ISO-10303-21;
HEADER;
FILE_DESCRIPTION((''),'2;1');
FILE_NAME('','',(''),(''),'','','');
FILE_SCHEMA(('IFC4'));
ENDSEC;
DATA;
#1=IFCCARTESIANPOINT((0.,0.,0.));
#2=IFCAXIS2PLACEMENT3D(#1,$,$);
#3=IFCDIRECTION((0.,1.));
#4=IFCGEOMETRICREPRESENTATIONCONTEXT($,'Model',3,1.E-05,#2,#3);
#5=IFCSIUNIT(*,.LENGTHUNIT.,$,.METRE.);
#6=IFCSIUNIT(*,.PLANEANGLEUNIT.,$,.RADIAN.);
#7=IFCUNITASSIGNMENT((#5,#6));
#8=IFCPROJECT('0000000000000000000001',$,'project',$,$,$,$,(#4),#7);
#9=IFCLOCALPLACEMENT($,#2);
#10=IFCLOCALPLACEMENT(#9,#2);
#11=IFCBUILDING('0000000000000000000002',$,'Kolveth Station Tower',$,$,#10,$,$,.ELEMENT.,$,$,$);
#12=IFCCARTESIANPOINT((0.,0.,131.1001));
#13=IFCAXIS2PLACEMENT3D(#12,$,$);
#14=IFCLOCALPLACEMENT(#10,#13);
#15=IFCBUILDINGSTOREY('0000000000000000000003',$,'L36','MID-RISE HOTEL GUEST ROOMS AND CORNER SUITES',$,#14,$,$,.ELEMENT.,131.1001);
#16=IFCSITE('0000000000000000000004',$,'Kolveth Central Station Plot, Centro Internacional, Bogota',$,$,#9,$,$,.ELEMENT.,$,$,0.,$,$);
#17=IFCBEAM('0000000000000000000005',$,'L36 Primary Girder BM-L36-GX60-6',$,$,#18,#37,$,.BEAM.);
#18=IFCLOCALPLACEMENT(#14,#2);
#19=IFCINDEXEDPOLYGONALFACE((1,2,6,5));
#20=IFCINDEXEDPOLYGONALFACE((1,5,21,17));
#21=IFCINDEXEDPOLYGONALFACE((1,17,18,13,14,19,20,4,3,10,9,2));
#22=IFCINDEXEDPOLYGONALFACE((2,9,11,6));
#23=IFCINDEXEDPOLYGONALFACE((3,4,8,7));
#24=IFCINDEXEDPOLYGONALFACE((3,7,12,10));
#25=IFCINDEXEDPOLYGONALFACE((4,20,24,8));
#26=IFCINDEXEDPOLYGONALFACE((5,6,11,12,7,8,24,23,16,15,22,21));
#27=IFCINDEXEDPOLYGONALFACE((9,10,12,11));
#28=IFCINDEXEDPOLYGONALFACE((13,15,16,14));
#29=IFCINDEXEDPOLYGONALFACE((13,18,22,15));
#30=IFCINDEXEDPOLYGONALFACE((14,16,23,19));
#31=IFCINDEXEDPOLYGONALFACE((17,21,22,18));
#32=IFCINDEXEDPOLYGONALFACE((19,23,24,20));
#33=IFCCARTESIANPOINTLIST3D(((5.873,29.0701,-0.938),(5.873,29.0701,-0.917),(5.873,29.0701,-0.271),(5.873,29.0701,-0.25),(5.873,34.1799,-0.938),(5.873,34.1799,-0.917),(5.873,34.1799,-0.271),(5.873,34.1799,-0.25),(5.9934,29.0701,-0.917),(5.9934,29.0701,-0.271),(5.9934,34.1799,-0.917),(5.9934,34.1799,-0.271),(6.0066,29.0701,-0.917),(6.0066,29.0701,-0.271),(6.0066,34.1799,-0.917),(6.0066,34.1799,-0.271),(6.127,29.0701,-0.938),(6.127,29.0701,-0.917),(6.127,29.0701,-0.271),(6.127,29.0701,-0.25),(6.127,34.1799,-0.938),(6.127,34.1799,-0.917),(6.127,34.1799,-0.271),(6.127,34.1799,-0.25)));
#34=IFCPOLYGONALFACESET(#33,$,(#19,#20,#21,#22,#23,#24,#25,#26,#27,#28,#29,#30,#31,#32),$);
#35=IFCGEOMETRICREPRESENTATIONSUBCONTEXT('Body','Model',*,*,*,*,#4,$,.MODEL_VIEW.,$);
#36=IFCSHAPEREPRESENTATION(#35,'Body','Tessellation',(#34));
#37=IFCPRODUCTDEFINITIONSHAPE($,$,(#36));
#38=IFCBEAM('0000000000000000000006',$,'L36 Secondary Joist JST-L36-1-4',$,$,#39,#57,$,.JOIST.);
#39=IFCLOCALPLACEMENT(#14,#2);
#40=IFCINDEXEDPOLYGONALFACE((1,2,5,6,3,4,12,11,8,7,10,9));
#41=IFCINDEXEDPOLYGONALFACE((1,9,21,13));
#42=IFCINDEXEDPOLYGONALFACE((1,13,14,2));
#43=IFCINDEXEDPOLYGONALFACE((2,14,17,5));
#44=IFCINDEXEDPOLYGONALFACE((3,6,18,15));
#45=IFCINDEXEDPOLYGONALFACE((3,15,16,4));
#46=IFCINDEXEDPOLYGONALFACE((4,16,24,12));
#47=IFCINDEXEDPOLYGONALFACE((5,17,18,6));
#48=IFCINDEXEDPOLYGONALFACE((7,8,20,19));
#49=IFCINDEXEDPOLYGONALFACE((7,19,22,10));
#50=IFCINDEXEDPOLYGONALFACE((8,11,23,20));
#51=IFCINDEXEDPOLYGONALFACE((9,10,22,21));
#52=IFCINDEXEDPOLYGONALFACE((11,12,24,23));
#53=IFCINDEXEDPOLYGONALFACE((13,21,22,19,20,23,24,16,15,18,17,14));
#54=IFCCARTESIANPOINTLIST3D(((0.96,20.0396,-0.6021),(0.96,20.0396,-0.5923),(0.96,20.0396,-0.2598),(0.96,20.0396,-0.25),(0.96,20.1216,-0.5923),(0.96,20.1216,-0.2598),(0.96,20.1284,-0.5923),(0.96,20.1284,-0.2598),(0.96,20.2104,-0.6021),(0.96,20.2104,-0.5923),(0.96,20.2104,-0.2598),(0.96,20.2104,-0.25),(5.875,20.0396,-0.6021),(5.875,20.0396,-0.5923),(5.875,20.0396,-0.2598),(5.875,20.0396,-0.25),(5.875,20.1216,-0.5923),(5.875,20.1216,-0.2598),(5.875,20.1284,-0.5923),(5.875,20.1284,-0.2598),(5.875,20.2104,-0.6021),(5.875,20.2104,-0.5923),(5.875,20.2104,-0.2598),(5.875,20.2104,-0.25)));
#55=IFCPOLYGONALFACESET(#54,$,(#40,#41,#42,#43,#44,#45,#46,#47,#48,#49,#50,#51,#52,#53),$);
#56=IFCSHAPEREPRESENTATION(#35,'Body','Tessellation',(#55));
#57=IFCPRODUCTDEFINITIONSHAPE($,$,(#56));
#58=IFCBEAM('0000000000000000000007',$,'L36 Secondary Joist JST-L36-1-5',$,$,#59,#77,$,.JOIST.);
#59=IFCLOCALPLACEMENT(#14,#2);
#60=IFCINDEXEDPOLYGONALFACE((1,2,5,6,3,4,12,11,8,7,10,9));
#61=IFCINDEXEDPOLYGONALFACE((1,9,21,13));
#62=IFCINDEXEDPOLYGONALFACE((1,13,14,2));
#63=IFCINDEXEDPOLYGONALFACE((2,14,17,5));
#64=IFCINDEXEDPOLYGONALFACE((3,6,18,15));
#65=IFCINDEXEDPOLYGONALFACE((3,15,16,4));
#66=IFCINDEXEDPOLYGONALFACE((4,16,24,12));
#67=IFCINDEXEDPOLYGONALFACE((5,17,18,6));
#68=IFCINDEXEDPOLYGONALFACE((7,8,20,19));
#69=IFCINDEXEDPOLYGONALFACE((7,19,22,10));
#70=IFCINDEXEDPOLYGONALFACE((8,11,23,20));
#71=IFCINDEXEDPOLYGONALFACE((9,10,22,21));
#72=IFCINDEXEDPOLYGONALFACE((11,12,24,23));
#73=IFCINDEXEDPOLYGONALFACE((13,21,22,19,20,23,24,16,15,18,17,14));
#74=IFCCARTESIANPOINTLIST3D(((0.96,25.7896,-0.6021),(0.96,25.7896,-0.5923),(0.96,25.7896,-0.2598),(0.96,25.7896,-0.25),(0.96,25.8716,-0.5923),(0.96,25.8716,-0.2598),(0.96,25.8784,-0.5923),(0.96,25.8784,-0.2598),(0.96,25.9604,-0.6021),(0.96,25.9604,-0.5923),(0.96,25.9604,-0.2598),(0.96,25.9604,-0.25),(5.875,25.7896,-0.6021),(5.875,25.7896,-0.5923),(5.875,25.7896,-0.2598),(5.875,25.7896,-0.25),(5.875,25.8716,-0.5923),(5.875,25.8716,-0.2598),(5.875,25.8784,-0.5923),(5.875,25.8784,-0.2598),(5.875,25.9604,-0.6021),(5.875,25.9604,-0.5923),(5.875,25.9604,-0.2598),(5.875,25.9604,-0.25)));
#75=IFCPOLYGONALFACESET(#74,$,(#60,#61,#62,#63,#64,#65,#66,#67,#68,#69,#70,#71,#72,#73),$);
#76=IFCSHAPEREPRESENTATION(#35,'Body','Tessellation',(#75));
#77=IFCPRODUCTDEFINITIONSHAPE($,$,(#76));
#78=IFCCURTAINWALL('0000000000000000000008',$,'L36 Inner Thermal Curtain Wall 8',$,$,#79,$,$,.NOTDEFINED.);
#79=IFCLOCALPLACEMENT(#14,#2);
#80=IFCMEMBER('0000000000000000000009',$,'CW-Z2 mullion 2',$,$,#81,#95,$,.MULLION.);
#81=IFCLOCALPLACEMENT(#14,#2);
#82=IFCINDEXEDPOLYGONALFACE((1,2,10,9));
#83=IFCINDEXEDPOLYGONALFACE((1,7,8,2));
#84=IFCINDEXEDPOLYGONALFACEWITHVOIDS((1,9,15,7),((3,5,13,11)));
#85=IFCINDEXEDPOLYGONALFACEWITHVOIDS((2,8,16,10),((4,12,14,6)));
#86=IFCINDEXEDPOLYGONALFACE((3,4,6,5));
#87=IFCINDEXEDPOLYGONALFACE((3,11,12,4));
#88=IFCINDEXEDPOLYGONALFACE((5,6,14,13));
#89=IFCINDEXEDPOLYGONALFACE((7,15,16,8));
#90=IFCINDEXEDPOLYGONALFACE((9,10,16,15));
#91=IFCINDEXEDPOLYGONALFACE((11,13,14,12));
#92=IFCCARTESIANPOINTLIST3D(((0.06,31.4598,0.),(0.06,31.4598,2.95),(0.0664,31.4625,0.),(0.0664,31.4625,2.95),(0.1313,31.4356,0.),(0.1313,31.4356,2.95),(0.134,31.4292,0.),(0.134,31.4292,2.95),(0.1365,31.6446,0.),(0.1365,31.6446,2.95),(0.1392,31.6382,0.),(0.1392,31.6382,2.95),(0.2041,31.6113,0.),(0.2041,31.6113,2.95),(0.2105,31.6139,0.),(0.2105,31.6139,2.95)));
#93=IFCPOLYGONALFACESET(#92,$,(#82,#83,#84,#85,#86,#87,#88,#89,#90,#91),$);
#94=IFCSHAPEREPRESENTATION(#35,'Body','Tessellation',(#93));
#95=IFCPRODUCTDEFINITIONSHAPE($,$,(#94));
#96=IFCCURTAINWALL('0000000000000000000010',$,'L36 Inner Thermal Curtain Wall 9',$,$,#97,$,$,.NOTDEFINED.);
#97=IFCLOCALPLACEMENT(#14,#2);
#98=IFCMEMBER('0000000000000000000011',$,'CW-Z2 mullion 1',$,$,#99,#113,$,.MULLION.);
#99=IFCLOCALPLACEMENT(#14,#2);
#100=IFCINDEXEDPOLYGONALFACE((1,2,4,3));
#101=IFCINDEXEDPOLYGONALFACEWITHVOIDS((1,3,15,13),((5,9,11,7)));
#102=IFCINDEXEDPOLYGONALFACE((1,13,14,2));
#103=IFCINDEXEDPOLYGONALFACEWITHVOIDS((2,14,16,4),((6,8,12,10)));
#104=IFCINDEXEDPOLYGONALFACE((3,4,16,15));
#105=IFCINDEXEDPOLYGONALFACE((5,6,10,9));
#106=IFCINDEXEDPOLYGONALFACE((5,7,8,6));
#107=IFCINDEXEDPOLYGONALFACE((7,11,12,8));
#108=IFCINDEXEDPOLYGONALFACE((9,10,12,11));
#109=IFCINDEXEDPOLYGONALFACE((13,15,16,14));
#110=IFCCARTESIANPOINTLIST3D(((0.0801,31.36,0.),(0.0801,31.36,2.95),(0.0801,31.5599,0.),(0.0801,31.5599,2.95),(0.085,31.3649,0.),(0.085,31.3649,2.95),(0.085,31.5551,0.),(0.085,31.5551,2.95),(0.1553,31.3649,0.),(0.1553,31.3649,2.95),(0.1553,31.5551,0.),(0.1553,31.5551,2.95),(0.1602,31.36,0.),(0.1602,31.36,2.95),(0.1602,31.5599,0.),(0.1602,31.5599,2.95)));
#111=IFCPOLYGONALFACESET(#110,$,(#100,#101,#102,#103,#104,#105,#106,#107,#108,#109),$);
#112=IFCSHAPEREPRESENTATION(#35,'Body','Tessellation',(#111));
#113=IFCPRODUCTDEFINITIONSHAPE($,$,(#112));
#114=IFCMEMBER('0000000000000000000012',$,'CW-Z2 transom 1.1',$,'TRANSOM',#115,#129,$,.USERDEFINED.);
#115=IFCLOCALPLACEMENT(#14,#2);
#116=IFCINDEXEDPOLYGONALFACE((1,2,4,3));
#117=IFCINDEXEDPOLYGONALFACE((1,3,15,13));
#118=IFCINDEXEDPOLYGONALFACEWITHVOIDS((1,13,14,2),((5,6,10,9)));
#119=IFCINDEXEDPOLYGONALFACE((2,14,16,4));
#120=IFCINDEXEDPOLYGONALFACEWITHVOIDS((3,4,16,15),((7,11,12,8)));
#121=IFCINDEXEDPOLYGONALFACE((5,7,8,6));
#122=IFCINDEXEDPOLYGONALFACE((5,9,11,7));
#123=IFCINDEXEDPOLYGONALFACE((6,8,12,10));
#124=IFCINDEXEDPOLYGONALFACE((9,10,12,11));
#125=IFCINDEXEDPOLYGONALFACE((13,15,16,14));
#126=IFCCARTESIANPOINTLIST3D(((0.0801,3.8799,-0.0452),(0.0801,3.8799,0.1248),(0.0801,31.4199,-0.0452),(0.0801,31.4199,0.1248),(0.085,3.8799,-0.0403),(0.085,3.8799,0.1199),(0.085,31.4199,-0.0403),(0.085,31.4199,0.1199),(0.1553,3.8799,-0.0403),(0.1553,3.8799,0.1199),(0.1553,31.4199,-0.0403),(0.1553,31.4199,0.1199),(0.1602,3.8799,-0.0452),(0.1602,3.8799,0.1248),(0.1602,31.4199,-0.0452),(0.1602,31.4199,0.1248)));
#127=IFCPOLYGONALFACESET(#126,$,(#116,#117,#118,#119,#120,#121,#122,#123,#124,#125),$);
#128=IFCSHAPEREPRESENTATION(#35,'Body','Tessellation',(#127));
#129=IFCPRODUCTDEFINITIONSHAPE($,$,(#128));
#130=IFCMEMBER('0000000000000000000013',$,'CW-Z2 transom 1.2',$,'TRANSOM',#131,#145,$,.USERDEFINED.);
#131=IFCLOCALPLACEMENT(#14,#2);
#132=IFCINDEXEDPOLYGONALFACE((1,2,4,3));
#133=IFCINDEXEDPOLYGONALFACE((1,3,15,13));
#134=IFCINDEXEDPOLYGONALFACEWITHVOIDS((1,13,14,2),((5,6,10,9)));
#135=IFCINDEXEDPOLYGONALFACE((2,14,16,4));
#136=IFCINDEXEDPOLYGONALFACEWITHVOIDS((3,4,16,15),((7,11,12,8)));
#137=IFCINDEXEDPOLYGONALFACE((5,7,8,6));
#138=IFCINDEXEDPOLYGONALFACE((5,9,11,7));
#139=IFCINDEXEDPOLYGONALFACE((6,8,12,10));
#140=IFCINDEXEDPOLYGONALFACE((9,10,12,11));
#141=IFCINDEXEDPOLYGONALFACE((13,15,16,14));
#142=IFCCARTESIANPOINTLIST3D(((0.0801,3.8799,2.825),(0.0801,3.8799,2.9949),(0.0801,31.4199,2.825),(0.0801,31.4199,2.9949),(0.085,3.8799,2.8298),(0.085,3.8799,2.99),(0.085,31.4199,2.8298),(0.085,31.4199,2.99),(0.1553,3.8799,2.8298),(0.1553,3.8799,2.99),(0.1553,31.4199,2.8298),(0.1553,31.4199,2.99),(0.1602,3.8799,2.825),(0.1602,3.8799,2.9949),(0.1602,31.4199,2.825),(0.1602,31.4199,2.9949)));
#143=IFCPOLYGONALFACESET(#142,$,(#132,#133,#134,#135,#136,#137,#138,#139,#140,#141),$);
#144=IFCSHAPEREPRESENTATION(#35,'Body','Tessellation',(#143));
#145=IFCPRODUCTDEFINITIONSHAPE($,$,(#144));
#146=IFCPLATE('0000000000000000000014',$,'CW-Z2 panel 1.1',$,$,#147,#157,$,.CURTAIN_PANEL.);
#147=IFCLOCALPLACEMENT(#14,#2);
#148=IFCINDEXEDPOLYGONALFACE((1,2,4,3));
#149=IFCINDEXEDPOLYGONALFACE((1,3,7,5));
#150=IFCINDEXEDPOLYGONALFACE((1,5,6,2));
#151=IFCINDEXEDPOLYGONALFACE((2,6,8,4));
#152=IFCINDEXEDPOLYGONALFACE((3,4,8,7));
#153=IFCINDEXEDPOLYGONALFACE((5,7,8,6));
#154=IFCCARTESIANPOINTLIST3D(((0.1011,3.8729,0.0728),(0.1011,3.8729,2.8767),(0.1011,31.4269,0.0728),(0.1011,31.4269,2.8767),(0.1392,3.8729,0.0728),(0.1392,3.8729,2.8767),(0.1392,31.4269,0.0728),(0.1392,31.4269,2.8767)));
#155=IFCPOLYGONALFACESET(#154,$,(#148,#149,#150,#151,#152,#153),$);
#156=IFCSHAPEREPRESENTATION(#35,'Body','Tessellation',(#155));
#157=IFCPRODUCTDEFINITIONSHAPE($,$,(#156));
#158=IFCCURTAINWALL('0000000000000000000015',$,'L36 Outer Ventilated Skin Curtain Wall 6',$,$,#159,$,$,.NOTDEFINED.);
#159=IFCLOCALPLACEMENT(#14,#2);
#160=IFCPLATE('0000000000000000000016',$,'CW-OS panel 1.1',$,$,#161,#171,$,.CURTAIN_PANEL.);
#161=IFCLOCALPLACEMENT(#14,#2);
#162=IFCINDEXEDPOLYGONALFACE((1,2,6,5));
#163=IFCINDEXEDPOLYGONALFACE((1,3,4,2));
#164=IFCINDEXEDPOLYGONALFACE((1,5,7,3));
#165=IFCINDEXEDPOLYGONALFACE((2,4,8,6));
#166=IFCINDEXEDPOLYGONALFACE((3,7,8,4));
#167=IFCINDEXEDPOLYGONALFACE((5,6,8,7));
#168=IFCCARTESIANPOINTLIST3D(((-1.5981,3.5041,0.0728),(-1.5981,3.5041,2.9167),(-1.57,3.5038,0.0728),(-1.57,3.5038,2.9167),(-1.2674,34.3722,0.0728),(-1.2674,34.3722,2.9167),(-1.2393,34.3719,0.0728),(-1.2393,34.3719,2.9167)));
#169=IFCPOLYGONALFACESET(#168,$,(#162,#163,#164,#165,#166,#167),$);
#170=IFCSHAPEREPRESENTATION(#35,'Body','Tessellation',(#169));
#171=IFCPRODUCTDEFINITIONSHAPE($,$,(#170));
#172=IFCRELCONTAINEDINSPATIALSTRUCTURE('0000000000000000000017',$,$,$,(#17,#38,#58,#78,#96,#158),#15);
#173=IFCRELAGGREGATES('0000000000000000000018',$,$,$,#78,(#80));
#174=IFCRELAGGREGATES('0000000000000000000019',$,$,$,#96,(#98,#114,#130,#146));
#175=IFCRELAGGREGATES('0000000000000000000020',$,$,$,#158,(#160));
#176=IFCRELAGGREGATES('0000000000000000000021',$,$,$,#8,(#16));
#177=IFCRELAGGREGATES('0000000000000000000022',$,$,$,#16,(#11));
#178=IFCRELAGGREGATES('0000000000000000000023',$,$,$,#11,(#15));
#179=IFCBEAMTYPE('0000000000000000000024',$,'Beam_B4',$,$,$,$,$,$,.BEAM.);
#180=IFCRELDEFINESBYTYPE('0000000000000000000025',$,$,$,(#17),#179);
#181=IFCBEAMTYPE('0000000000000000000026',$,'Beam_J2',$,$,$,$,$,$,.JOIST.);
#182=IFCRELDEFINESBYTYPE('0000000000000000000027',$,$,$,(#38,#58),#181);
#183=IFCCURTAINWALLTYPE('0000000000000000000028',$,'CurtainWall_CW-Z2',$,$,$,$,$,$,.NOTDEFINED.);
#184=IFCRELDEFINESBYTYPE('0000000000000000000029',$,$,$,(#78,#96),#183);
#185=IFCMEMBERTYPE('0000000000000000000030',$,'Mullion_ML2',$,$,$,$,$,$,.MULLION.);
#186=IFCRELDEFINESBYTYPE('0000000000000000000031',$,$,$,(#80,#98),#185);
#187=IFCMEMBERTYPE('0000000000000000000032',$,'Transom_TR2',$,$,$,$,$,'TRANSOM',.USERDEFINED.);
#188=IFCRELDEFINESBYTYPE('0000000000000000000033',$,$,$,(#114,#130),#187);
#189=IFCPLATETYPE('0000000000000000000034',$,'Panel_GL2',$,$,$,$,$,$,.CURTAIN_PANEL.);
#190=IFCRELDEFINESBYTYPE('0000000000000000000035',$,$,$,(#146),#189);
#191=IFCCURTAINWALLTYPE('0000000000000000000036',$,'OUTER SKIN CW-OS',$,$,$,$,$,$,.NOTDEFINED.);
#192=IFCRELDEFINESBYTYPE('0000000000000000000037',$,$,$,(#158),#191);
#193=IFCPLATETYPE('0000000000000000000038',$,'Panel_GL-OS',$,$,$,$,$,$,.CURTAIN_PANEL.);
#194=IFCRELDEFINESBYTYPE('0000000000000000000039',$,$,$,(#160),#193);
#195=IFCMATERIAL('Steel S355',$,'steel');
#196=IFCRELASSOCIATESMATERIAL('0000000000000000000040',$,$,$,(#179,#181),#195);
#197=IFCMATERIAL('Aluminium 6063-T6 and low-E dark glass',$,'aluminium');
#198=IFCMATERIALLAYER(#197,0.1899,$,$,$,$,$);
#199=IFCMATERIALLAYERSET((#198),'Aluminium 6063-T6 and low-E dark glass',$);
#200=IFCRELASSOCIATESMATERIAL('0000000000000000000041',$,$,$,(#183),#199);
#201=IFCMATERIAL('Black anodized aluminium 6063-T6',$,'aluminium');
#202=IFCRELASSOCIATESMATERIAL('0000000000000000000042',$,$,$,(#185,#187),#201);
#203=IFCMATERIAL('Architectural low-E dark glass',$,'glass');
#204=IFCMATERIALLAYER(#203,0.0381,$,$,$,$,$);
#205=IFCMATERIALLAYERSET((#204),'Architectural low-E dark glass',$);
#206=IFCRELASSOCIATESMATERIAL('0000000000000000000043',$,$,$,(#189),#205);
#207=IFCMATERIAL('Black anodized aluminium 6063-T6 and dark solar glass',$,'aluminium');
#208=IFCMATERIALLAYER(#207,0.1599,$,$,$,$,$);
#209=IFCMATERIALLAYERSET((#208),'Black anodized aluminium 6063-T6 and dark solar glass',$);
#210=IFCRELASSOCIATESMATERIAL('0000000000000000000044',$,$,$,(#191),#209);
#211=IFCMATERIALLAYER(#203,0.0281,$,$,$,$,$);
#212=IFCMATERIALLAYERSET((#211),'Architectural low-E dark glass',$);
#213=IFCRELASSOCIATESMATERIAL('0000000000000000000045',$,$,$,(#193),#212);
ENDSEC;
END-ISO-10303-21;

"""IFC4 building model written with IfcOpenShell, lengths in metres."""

from ifc_helpers import new_model, si_unit, direction, frame, origin, origin_2d, place, context, subcontext, project, spatial, rectangle, hollow_rectangle, i_section, extrude, source, transform, mapped, material, layer, layer_set, material_profile, profile_set, type_object, element, aggregate, save


model = new_model("IFC4")

# Units and contexts
model_context = context("Model", 3, precision=1e-05, world=origin(), true_north=direction((0.0, 1.0)))
body_context = subcontext(model_context, "Body", "Model", "MODEL_VIEW")
ifc_project = project(units=[si_unit("LENGTHUNIT", "METRE"), si_unit("PLANEANGLEUNIT", "RADIAN")], contexts=[model_context])

# Site, building, storey
site_placement = place(None, origin())
site = spatial("IfcSite", under=ifc_project, at=site_placement, Name="Kolveth Central Station Plot, Centro Internacional, Bogota", CompositionType="ELEMENT", RefElevation=0.0)
building_placement = place(site_placement, origin())
building = spatial("IfcBuilding", under=site, at=building_placement, Name="Kolveth Station Tower", CompositionType="ELEMENT")
storey_placement = place(building_placement, frame((0.0, 0.0, 131.1001)))
storey = spatial("IfcBuildingStorey", under=building, at=storey_placement, Name="L36", Description="MID-RISE HOTEL GUEST ROOMS AND CORNER SUITES", CompositionType="ELEMENT", Elevation=131.1001)

# Beams
ifc_material_1 = material(Name="Steel S355", Category="steel")
ifc_material_profile_1 = material_profile(ifc_material_1, i_section(OverallWidth=0.2539, OverallDepth=0.688, WebThickness=0.0132, FlangeThickness=0.021, at=origin_2d()), Name="W690x152")
ifc_profile_set_1 = profile_set([ifc_material_profile_1], Name="Steel S355")
beam_type_1 = type_object("IfcBeamType", Name="Beam_B4", PredefinedType="BEAM", material=ifc_profile_set_1)
shared_shape_1 = source(origin(), body_context, "Body", "SweptSolid", [
    extrude(i_section(OverallWidth=0.2539, OverallDepth=0.688, WebThickness=0.0132, FlangeThickness=0.021, at=origin_2d()), origin(), (0.0, 0.0, 1.0), 5.1099),
])
for number, where, z_axis, x_axis, name in (
    (1, (6.0, 29.0701, -0.594), (0.0, 1.0, 0.0), (-1.0, 0.0, 0.0), "L36 Primary Girder BM-L36-GX60-6"),
):
    element("IfcBeam", number, at=place(storey_placement, frame(where, z_axis=z_axis, x_axis=x_axis)), inside=storey, type_object=beam_type_1, Name=name, PredefinedType="BEAM", context=body_context, shape_type="MappedRepresentation", body=[
        mapped(shared_shape_1, transform((0.0, 0.0, 0.0), x_axis=(1.0, 0.0, 0.0), y_axis=(0.0, 1.0, 0.0), z_axis=(0.0, 0.0, 1.0), scale=1.0)),
    ])
ifc_material_profile_2 = material_profile(ifc_material_1, i_section(OverallWidth=0.1709, OverallDepth=0.3521, WebThickness=0.0068, FlangeThickness=0.0098, at=origin_2d()), Name="W360x44")
ifc_profile_set_2 = profile_set([ifc_material_profile_2], Name="Steel S355")
beam_type_2 = type_object("IfcBeamType", Name="Beam_J2", PredefinedType="JOIST", material=ifc_profile_set_2)
shared_shape_2 = source(origin(), body_context, "Body", "SweptSolid", [
    extrude(i_section(OverallWidth=0.1709, OverallDepth=0.3521, WebThickness=0.0068, FlangeThickness=0.0098, at=origin_2d()), origin(), (0.0, 0.0, 1.0), 4.915),
])
for number, where, z_axis, x_axis, name in (
    (2, (0.96, 20.125, -0.426), (1.0, 0.0, 0.0), (0.0, 1.0, 0.0), "L36 Secondary Joist JST-L36-1-4"),
    (3, (0.96, 25.875, -0.426), (1.0, 0.0, 0.0), (0.0, 1.0, 0.0), "L36 Secondary Joist JST-L36-1-5"),
):
    element("IfcBeam", number, at=place(storey_placement, frame(where, z_axis=z_axis, x_axis=x_axis)), inside=storey, type_object=beam_type_2, Name=name, PredefinedType="JOIST", context=body_context, shape_type="MappedRepresentation", body=[
        mapped(shared_shape_2, transform((0.0, 0.0, 0.0), x_axis=(1.0, 0.0, 0.0), y_axis=(0.0, 1.0, 0.0), z_axis=(0.0, 0.0, 1.0), scale=1.0)),
    ])

# Curtain wall, member
ifc_material_2 = material(Name="Aluminium 6063-T6 and low-E dark glass", Category="aluminium")
ifc_layer_1 = layer(ifc_material_2, 0.1899)
ifc_layer_set_1 = layer_set([ifc_layer_1], Name="Aluminium 6063-T6 and low-E dark glass")
curtain_wall_type_1 = type_object("IfcCurtainWallType", Name="CurtainWall_CW-Z2", PredefinedType="NOTDEFINED", material=ifc_layer_set_1)
curtain_wall_1_placement = place(storey_placement, origin())
curtain_wall_1 = element("IfcCurtainWall", 4, at=curtain_wall_1_placement, inside=storey, type_object=curtain_wall_type_1, Name="L36 Inner Thermal Curtain Wall 8", PredefinedType="NOTDEFINED")
ifc_material_3 = material(Name="Black anodized aluminium 6063-T6", Category="aluminium")
ifc_material_profile_3 = material_profile(ifc_material_3, hollow_rectangle(XDim=0.0801, YDim=0.2, WallThickness=0.0049, at=origin_2d()), Name="ALU-80x200x5")
ifc_profile_set_3 = profile_set([ifc_material_profile_3], Name="Black anodized aluminium 6063-T6")
member_type_1 = type_object("IfcMemberType", Name="Mullion_ML2", PredefinedType="MULLION", material=ifc_profile_set_3)
shared_shape_3 = source(origin(), body_context, "Body", "SweptSolid", [
    extrude(hollow_rectangle(XDim=0.0801, YDim=0.2, WallThickness=0.0049, at=origin_2d()), origin(), (0.0, 0.0, 1.0), 2.95),
])
member_1_placement = place(storey_placement, frame((0.1353, 31.5369, 0.0), z_axis=(0.0, 0.0, 1.0), x_axis=(0.923888, -0.382663, 0.0)))
member_1 = element("IfcMember", 5, at=member_1_placement, type_object=member_type_1, Name="CW-Z2 mullion 2", PredefinedType="MULLION", context=body_context, shape_type="MappedRepresentation", body=[
    mapped(shared_shape_3, transform((0.0, 0.0, 0.0), x_axis=(1.0, 0.0, 0.0), y_axis=(0.0, 1.0, 0.0), z_axis=(0.0, 0.0, 1.0), scale=1.0)),
])
aggregate(curtain_wall_1, [member_1])

# Curtain wall, members, plate
curtain_wall_2_placement = place(storey_placement, origin())
curtain_wall_2 = element("IfcCurtainWall", 6, at=curtain_wall_2_placement, inside=storey, type_object=curtain_wall_type_1, Name="L36 Inner Thermal Curtain Wall 9", PredefinedType="NOTDEFINED")
member_2_placement = place(storey_placement, frame((0.1201, 31.46, 0.0), z_axis=(0.0, 0.0, 1.0), x_axis=(1.0, 0.0, 0.0)))
member_2 = element("IfcMember", 7, at=member_2_placement, type_object=member_type_1, Name="CW-Z2 mullion 1", PredefinedType="MULLION", context=body_context, shape_type="MappedRepresentation", body=[
    mapped(shared_shape_3, transform((0.0, 0.0, 0.0), x_axis=(1.0, 0.0, 0.0), y_axis=(0.0, 1.0, 0.0), z_axis=(0.0, 0.0, 1.0), scale=1.0)),
])
ifc_material_profile_4 = material_profile(ifc_material_3, hollow_rectangle(XDim=0.0801, YDim=0.1699, WallThickness=0.0049, at=origin_2d()), Name="ALU-80x170x5")
ifc_profile_set_4 = profile_set([ifc_material_profile_4], Name="Black anodized aluminium 6063-T6")
member_type_2 = type_object("IfcMemberType", Name="Transom_TR2", ElementType="TRANSOM", PredefinedType="USERDEFINED", material=ifc_profile_set_4)
shared_shape_4 = source(origin(), body_context, "Body", "SweptSolid", [
    extrude(hollow_rectangle(XDim=0.0801, YDim=0.1699, WallThickness=0.0049, at=origin_2d()), origin(), (0.0, 0.0, 1.0), 27.54),
])
member_3_placement = place(storey_placement, frame((0.1201, 31.4199, 0.0398), z_axis=(0.0, -1.0, 0.0), x_axis=(1.0, 0.0, 0.0)))
member_3 = element("IfcMember", 8, at=member_3_placement, type_object=member_type_2, Name="CW-Z2 transom 1.1", ObjectType="TRANSOM", PredefinedType="USERDEFINED", context=body_context, shape_type="MappedRepresentation", body=[
    mapped(shared_shape_4, transform((0.0, 0.0, 0.0), x_axis=(1.0, 0.0, 0.0), y_axis=(0.0, 1.0, 0.0), z_axis=(0.0, 0.0, 1.0), scale=1.0)),
])
member_4_placement = place(storey_placement, frame((0.1201, 31.4199, 2.9099), z_axis=(0.0, -1.0, 0.0), x_axis=(1.0, 0.0, 0.0)))
member_4 = element("IfcMember", 9, at=member_4_placement, type_object=member_type_2, Name="CW-Z2 transom 1.2", ObjectType="TRANSOM", PredefinedType="USERDEFINED", context=body_context, shape_type="MappedRepresentation", body=[
    mapped(shared_shape_4, transform((0.0, 0.0, 0.0), x_axis=(1.0, 0.0, 0.0), y_axis=(0.0, 1.0, 0.0), z_axis=(0.0, 0.0, 1.0), scale=1.0)),
])
ifc_material_4 = material(Name="Architectural low-E dark glass", Category="glass")
ifc_layer_2 = layer(ifc_material_4, 0.0381)
ifc_layer_set_2 = layer_set([ifc_layer_2], Name="Architectural low-E dark glass")
plate_type_1 = type_object("IfcPlateType", Name="Panel_GL2", PredefinedType="CURTAIN_PANEL", material=ifc_layer_set_2)
shared_shape_5 = source(origin(), body_context, "Body", "SweptSolid", [
    extrude(rectangle(XDim=27.554, YDim=0.0381, at=origin_2d()), origin(), (0.0, 0.0, 1.0), 2.804),
])
plate_1_placement = place(storey_placement, frame((0.1201, 17.6499, 0.0728), z_axis=(0.0, 0.0, 1.0), x_axis=(0.0, -1.0, 0.0)))
plate_1 = element("IfcPlate", 10, at=plate_1_placement, type_object=plate_type_1, Name="CW-Z2 panel 1.1", PredefinedType="CURTAIN_PANEL", context=body_context, shape_type="MappedRepresentation", body=[
    mapped(shared_shape_5, transform((0.0, 0.0, 0.0), x_axis=(1.0, 0.0, 0.0), y_axis=(0.0, 1.0, 0.0), z_axis=(0.0, 0.0, 1.0), scale=1.0)),
])
aggregate(curtain_wall_2, [member_2, member_3, member_4, plate_1])

# Curtain wall, plate
ifc_material_5 = material(Name="Black anodized aluminium 6063-T6 and dark solar glass", Category="aluminium")
ifc_layer_3 = layer(ifc_material_5, 0.1599)
ifc_layer_set_3 = layer_set([ifc_layer_3], Name="Black anodized aluminium 6063-T6 and dark solar glass")
curtain_wall_type_2 = type_object("IfcCurtainWallType", Name="OUTER SKIN CW-OS", PredefinedType="NOTDEFINED", material=ifc_layer_set_3)
curtain_wall_3_placement = place(storey_placement, origin())
curtain_wall_3 = element("IfcCurtainWall", 11, at=curtain_wall_3_placement, inside=storey, type_object=curtain_wall_type_2, Name="L36 Outer Ventilated Skin Curtain Wall 6", PredefinedType="NOTDEFINED")
ifc_layer_4 = layer(ifc_material_4, 0.0281)
ifc_layer_set_4 = layer_set([ifc_layer_4], Name="Architectural low-E dark glass")
plate_type_2 = type_object("IfcPlateType", Name="Panel_GL-OS", PredefinedType="CURTAIN_PANEL", material=ifc_layer_set_4)
shared_shape_6 = source(origin(), body_context, "Body", "SweptSolid", [
    extrude(rectangle(XDim=30.8699, YDim=0.0281, at=origin_2d()), origin(), (0.0, 0.0, 1.0), 2.844),
])
plate_2_placement = place(storey_placement, frame((-1.4187, 18.938, 0.0728), z_axis=(0.0, 0.0, 1.0), x_axis=(-0.010713, -0.999943, 0.0)))
plate_2 = element("IfcPlate", 12, at=plate_2_placement, type_object=plate_type_2, Name="CW-OS panel 1.1", PredefinedType="CURTAIN_PANEL", context=body_context, shape_type="MappedRepresentation", body=[
    mapped(shared_shape_6, transform((0.0, 0.0, 0.0), x_axis=(1.0, 0.0, 0.0), y_axis=(0.0, 1.0, 0.0), z_axis=(0.0, 0.0, 1.0), scale=1.0)),
])
aggregate(curtain_wall_3, [plate_2])

save(model, "model.ifc")
